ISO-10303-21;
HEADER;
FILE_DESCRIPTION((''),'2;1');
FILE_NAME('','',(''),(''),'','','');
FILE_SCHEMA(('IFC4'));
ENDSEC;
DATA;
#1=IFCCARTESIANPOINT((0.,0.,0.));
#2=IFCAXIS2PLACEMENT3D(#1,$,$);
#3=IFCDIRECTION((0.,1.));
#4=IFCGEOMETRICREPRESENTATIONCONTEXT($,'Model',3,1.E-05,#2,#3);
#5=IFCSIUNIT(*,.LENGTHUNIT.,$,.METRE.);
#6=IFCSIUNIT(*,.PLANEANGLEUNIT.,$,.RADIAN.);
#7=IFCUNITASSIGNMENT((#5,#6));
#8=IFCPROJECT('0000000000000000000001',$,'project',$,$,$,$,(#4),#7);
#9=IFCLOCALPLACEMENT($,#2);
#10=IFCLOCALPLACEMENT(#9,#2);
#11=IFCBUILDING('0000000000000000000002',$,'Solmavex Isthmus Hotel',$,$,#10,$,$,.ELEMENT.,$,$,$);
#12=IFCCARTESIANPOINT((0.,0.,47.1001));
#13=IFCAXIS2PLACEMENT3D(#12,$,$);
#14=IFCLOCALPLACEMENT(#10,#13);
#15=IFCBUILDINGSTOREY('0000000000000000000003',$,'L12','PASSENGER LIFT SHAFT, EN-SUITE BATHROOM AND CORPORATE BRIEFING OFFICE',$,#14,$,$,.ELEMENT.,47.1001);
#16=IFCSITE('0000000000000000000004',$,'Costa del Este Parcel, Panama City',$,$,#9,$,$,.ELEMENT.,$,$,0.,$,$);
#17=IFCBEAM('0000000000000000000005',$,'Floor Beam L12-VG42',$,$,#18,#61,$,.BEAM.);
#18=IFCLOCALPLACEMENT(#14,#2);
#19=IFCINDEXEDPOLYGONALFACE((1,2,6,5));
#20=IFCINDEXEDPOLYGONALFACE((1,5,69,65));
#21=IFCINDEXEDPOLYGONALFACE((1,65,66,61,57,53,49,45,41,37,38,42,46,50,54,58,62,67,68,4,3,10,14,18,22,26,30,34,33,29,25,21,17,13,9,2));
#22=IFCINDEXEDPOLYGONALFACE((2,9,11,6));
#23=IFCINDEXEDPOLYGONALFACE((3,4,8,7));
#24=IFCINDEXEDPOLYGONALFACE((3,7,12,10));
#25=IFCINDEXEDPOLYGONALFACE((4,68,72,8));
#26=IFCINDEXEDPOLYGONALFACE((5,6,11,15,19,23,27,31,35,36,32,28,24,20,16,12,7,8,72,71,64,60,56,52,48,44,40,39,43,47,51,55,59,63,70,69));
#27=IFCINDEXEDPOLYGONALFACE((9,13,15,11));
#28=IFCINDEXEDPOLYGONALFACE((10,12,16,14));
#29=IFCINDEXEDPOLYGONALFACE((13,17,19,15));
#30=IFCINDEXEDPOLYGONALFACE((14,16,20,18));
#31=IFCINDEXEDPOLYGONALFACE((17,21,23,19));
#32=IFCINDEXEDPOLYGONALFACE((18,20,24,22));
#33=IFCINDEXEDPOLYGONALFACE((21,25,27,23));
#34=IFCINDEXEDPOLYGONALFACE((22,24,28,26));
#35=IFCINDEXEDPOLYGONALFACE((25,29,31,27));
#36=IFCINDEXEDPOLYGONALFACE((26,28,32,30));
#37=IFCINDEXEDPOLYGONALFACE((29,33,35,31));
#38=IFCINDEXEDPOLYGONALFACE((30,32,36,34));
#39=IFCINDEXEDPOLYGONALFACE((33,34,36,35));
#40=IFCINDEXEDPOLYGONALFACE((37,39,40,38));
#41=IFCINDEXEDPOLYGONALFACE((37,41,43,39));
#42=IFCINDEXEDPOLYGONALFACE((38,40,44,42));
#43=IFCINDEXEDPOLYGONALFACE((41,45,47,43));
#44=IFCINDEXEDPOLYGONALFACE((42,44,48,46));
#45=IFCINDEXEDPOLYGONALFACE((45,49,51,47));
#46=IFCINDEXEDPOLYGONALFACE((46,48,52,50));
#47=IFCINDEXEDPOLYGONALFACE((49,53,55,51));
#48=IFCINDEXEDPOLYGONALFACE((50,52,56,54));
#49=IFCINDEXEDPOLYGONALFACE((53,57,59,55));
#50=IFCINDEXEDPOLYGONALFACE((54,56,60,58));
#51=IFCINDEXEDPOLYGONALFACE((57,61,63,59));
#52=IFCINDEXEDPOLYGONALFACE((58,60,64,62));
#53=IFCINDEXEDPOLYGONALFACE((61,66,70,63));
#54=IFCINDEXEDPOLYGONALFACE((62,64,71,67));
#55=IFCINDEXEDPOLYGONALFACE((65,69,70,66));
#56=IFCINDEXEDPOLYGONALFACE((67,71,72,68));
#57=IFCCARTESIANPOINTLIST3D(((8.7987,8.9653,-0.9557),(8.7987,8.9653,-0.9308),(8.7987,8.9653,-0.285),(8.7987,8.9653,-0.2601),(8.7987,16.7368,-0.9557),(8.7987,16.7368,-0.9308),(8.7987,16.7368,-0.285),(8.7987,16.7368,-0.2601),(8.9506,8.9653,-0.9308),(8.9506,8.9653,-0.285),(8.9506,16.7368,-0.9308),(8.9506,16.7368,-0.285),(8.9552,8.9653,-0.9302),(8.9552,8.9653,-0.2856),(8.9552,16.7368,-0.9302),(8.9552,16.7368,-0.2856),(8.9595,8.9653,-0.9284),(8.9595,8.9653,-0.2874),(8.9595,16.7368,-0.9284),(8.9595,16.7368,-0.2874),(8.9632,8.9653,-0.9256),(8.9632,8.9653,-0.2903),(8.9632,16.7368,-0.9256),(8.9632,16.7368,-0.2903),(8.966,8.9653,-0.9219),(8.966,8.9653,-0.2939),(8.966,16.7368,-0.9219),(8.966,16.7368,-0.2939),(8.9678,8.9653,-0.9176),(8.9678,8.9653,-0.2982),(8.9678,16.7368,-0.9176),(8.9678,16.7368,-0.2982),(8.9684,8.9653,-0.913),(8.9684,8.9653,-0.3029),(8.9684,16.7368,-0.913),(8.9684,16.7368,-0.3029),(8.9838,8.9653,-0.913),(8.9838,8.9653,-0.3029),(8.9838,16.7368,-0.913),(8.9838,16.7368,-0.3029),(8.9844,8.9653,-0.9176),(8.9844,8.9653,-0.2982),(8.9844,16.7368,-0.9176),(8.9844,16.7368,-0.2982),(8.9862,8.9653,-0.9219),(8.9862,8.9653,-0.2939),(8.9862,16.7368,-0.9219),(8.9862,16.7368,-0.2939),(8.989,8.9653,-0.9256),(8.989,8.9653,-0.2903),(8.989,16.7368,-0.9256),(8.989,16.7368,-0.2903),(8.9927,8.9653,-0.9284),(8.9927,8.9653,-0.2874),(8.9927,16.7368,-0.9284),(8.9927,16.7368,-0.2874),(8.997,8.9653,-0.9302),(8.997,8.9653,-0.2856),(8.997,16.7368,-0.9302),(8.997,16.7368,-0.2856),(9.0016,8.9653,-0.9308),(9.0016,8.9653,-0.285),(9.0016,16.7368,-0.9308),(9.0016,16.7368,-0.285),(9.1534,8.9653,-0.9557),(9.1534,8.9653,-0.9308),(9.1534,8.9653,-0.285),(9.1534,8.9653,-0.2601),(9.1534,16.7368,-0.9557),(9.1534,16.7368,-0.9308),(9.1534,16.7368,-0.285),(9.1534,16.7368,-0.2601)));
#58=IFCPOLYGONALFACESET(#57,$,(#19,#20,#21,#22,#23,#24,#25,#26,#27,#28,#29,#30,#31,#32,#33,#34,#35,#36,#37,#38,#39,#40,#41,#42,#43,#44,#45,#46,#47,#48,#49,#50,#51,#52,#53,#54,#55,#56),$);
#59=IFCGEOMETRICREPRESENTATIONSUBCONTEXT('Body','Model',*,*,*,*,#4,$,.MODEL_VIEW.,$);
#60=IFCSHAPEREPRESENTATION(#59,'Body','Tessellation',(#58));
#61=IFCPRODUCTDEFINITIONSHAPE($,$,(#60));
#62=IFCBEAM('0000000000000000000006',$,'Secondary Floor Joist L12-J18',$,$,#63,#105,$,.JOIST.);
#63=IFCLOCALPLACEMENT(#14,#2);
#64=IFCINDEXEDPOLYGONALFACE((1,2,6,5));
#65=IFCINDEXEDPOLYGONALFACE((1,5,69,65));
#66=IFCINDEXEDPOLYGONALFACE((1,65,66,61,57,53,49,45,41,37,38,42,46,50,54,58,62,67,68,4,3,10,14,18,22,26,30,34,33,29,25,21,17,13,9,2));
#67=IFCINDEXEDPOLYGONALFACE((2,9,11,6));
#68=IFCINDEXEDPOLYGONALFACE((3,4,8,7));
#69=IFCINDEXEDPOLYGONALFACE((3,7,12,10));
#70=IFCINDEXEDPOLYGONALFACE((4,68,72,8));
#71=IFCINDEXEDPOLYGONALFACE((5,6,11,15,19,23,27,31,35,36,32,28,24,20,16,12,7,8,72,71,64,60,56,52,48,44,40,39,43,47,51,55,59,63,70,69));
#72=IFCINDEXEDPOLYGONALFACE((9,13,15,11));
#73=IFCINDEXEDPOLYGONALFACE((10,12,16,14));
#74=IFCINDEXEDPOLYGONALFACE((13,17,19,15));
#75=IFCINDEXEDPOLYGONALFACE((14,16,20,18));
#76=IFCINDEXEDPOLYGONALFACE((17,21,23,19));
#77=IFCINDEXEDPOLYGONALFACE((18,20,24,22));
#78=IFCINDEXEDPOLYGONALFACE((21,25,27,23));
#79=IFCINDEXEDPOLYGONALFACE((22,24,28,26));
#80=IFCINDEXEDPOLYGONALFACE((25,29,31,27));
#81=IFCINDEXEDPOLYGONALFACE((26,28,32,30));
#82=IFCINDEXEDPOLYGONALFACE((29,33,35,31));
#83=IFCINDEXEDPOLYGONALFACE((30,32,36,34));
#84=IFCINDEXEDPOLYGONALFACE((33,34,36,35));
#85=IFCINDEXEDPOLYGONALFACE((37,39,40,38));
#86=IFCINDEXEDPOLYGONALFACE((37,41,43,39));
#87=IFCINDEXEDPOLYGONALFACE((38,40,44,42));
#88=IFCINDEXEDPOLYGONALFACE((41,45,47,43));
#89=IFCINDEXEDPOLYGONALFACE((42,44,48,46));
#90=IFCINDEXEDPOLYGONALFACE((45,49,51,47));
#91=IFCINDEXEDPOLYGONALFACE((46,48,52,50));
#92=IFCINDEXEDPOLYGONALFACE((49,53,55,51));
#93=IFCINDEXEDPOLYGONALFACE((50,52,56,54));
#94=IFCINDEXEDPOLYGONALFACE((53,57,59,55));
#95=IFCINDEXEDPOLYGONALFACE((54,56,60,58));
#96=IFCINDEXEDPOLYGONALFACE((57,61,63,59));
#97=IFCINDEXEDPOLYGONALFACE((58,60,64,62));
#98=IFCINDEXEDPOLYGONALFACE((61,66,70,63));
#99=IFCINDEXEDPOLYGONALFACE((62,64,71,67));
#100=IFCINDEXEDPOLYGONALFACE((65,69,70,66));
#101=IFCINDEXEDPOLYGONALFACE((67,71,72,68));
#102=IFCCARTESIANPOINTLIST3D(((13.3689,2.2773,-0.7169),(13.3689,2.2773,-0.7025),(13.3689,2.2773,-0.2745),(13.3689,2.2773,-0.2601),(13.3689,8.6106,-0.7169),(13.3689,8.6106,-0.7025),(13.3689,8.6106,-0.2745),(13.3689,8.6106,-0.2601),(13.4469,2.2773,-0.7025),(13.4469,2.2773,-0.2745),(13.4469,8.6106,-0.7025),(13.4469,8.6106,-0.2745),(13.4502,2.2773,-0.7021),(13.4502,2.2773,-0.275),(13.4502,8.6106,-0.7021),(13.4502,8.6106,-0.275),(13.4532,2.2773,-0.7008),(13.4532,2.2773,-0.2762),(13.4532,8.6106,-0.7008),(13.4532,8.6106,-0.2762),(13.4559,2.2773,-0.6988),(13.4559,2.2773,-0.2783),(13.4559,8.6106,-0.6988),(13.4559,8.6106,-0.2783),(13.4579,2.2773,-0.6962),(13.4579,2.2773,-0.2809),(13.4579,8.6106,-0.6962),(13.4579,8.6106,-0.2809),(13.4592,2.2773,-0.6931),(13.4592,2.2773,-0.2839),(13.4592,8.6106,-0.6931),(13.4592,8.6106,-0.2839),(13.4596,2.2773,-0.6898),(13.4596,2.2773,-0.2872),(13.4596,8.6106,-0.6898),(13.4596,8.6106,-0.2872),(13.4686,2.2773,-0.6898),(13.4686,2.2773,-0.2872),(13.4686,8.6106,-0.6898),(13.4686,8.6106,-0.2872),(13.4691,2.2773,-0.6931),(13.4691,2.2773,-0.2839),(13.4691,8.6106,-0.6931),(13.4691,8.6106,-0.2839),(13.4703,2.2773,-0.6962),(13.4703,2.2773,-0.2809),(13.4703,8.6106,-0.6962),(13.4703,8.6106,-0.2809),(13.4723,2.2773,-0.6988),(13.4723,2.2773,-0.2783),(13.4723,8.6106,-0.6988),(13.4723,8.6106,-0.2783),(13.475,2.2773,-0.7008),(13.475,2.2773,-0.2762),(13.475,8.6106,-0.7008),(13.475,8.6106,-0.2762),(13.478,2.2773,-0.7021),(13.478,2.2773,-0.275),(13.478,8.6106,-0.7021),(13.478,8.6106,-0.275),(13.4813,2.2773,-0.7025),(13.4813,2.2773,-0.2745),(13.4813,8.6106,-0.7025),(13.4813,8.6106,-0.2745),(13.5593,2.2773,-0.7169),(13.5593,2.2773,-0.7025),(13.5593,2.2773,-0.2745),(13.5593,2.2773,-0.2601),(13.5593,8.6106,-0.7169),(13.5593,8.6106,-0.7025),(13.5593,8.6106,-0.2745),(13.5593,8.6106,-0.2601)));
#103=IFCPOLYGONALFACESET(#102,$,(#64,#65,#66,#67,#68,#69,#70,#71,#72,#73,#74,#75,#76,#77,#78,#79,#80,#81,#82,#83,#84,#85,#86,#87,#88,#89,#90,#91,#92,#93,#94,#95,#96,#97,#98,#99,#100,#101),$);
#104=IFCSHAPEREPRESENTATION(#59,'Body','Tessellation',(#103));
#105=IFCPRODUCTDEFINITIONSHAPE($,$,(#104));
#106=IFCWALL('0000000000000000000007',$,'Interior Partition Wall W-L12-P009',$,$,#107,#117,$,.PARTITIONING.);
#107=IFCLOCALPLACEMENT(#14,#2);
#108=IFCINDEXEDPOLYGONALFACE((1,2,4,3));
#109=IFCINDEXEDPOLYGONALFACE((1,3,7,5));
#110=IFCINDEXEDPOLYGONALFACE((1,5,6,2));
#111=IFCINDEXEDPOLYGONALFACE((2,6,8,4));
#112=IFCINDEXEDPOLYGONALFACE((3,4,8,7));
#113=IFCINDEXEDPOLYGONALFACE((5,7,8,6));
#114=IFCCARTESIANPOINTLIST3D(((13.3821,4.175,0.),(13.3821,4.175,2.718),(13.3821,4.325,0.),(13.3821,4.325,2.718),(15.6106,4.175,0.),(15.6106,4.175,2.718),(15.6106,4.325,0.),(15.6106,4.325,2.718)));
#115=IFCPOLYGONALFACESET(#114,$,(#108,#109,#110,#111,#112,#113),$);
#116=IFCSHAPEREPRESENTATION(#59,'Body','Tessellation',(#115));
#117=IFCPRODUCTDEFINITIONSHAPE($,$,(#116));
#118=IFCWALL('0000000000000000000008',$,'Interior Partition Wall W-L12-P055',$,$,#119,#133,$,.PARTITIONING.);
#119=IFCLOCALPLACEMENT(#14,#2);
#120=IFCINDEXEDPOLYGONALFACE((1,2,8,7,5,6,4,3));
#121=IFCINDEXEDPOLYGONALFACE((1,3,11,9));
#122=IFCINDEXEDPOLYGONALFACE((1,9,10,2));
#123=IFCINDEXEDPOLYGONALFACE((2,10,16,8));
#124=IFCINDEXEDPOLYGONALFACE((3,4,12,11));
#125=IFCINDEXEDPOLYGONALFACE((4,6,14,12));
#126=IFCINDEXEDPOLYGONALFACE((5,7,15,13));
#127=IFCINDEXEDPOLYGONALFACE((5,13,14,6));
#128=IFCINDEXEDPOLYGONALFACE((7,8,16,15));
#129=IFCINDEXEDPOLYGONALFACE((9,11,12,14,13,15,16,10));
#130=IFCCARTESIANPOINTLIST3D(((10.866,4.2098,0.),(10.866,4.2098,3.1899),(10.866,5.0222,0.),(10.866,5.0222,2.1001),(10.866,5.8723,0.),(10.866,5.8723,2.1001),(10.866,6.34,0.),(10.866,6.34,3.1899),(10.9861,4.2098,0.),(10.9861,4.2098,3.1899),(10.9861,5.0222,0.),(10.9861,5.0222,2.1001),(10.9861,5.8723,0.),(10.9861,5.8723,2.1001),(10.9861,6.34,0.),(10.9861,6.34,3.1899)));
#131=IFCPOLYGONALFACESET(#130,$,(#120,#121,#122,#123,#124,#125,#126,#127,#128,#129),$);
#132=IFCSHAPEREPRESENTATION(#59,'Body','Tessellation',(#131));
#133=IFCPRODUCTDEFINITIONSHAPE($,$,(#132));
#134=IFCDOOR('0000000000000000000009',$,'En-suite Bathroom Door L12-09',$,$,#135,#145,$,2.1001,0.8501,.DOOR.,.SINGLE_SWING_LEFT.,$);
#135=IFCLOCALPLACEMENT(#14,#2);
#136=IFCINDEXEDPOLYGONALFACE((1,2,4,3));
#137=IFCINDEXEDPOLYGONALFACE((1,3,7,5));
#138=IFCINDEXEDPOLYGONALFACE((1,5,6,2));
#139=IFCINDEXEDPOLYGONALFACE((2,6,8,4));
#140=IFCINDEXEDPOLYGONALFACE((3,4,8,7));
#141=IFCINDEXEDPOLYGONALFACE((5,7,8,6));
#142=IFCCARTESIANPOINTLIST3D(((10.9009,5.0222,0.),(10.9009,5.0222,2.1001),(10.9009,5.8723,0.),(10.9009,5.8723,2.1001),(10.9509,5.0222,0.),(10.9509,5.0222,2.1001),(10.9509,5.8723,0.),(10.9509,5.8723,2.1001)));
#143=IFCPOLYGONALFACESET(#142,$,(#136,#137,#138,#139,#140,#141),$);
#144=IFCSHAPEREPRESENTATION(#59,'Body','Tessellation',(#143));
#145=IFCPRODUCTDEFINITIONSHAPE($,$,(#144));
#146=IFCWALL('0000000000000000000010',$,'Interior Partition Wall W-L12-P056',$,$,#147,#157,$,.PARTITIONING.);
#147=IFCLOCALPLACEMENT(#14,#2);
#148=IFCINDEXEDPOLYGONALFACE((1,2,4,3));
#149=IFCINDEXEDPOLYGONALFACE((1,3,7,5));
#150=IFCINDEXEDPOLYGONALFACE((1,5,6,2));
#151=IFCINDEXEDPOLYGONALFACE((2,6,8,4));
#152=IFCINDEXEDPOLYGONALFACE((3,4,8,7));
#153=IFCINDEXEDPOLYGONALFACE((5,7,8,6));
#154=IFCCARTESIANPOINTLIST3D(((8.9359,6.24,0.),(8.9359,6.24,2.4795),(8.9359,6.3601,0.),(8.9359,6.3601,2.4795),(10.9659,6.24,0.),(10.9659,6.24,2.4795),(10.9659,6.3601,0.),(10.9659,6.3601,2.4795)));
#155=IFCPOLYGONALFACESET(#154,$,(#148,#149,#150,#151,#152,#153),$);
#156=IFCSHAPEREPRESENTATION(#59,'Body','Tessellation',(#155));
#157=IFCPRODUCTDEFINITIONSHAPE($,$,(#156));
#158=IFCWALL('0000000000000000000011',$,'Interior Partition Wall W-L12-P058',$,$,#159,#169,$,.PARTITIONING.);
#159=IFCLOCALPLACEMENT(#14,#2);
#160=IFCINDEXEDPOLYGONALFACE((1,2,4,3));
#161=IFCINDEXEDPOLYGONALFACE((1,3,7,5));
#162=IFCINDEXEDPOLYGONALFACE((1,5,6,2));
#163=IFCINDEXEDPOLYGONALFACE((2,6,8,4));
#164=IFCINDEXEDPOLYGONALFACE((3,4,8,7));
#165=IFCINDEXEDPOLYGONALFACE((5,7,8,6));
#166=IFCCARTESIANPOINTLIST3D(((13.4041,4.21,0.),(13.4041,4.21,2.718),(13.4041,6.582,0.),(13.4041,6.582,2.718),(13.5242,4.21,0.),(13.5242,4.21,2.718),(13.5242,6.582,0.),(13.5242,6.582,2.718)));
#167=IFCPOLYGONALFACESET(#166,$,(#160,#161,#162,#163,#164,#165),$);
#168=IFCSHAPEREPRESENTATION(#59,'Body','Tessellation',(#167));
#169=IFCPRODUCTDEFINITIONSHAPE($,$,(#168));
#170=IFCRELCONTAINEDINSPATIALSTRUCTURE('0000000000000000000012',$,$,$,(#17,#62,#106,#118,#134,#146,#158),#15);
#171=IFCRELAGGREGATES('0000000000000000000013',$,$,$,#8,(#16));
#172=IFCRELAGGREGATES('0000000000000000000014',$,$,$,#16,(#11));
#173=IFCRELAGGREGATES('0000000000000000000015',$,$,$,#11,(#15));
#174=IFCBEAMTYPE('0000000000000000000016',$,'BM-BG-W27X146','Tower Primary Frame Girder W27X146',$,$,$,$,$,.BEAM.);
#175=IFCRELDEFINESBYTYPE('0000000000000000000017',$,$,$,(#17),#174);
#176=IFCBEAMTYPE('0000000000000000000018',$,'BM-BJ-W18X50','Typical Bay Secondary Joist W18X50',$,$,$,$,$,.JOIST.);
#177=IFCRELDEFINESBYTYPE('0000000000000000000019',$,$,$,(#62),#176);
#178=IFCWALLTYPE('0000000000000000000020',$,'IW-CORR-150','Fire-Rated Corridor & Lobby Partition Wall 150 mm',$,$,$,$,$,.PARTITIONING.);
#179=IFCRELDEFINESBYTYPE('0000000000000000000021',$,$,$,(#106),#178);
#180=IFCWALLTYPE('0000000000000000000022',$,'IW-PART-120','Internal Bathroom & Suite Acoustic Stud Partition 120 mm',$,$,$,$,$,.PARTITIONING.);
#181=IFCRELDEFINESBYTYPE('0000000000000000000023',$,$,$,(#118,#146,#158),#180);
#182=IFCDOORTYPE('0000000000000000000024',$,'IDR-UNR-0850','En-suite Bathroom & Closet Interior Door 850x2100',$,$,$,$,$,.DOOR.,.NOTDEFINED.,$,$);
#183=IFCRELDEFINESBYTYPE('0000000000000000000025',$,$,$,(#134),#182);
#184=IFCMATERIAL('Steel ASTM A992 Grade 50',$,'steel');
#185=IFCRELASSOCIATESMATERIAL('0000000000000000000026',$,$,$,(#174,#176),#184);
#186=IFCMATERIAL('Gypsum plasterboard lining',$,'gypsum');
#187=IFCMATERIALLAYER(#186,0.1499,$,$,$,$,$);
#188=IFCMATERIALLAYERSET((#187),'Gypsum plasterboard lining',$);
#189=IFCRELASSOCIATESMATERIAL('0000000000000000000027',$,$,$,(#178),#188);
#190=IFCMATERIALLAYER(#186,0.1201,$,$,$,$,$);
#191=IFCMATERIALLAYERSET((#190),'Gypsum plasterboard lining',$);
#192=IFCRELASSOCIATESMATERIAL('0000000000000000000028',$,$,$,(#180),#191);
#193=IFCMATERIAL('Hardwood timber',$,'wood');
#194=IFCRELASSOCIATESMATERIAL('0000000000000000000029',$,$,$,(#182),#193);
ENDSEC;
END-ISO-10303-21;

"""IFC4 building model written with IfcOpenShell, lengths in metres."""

from ifc_helpers import new_model, si_unit, direction, frame, frame_2d, origin, origin_2d, place, context, subcontext, project, spatial, rectangle, i_section, extrude, material, layer, layer_set, material_profile, profile_set, type_object, element, fill, save


model = new_model("IFC4")

# Units and contexts
model_context = context("Model", 3, precision=1e-05, world=origin(), true_north=direction((0.0, 1.0)))
body_context = subcontext(model_context, "Body", "Model", "MODEL_VIEW")
ifc_project = project(units=[si_unit("LENGTHUNIT", "METRE"), si_unit("PLANEANGLEUNIT", "RADIAN")], contexts=[model_context])

# Site, building, storey
site_placement = place(None, origin())
site = spatial("IfcSite", under=ifc_project, at=site_placement, Name="Costa del Este Parcel, Panama City", CompositionType="ELEMENT", RefElevation=0.0)
building_placement = place(site_placement, origin())
building = spatial("IfcBuilding", under=site, at=building_placement, Name="Solmavex Isthmus Hotel", CompositionType="ELEMENT")
storey_placement = place(building_placement, frame((0.0, 0.0, 47.1001)))
storey = spatial("IfcBuildingStorey", under=building, at=storey_placement, Name="L12", Description="PASSENGER LIFT SHAFT, EN-SUITE BATHROOM AND CORPORATE BRIEFING OFFICE", CompositionType="ELEMENT", Elevation=47.1001)

# Beams
ifc_material_1 = material(Name="Steel ASTM A992 Grade 50", Category="steel")
ifc_material_profile_1 = material_profile(ifc_material_1, i_section(OverallWidth=0.3547, OverallDepth=0.6956, WebThickness=0.0154, FlangeThickness=0.0249, FilletRadius=0.0178, at=origin_2d()), Name="W27X146")
ifc_profile_set_1 = profile_set([ifc_material_profile_1], Name="Steel ASTM A992 Grade 50")
beam_type_1 = type_object("IfcBeamType", Name="BM-BG-W27X146", Description="Tower Primary Frame Girder W27X146", PredefinedType="BEAM", material=ifc_profile_set_1)
beam_1_placement = place(storey_placement, frame((8.9761, 8.9653, -0.6079), z_axis=(0.0, 1.0, 0.0), x_axis=(-1.0, 0.0, 0.0)))
element("IfcBeam", 1, at=beam_1_placement, inside=storey, type_object=beam_type_1, Name="Floor Beam L12-VG42", PredefinedType="BEAM", context=body_context, shape_type="SweptSolid", body=[
    extrude(i_section(OverallWidth=0.3547, OverallDepth=0.6956, WebThickness=0.0154, FlangeThickness=0.0249, FilletRadius=0.0178, at=origin_2d()), origin(), (0.0, 0.0, 1.0), 7.7715),
])
ifc_material_profile_2 = material_profile(ifc_material_1, i_section(OverallWidth=0.1904, OverallDepth=0.4568, WebThickness=0.009, FlangeThickness=0.0144, FilletRadius=0.0127, at=origin_2d()), Name="W18X50")
ifc_profile_set_2 = profile_set([ifc_material_profile_2], Name="Steel ASTM A992 Grade 50")
beam_type_2 = type_object("IfcBeamType", Name="BM-BJ-W18X50", Description="Typical Bay Secondary Joist W18X50", PredefinedType="JOIST", material=ifc_profile_set_2)
beam_2_placement = place(storey_placement, frame((13.4641, 2.2773, -0.4885), z_axis=(0.0, 1.0, 0.0), x_axis=(-1.0, 0.0, 0.0)))
element("IfcBeam", 2, at=beam_2_placement, inside=storey, type_object=beam_type_2, Name="Secondary Floor Joist L12-J18", PredefinedType="JOIST", context=body_context, shape_type="SweptSolid", body=[
    extrude(i_section(OverallWidth=0.1904, OverallDepth=0.4568, WebThickness=0.009, FlangeThickness=0.0144, FilletRadius=0.0127, at=origin_2d()), origin(), (0.0, 0.0, 1.0), 6.3333),
])

# Shared definitions
ifc_material_2 = material(Name="Gypsum plasterboard lining", Category="gypsum")
ifc_layer_1 = layer(ifc_material_2, 0.1499)
ifc_layer_set_1 = layer_set([ifc_layer_1], Name="Gypsum plasterboard lining")
wall_type_1 = type_object("IfcWallType", Name="IW-CORR-150", Description="Fire-Rated Corridor & Lobby Partition Wall 150 mm", PredefinedType="PARTITIONING", material=ifc_layer_set_1)
ifc_material_3 = material(Name="Hardwood timber", Category="wood")

# Wall
wall_1_placement = place(storey_placement, frame((13.3821, 4.25, 0.0), z_axis=(0.0, 0.0, 1.0), x_axis=(1.0, 0.0, 0.0)))
element("IfcWall", 3, at=wall_1_placement, inside=storey, type_object=wall_type_1, Name="Interior Partition Wall W-L12-P009", PredefinedType="PARTITIONING", context=body_context, shape_type="SweptSolid", body=[
    extrude(rectangle(XDim=2.2285, YDim=0.1499, at=frame_2d((1.1143, 0.0))), origin(), (0.0, 0.0, 1.0), 2.718),
])

# Wall, opening, door
ifc_layer_2 = layer(ifc_material_2, 0.1201)
ifc_layer_set_2 = layer_set([ifc_layer_2], Name="Gypsum plasterboard lining")
wall_type_2 = type_object("IfcWallType", Name="IW-PART-120", Description="Internal Bathroom & Suite Acoustic Stud Partition 120 mm", PredefinedType="PARTITIONING", material=ifc_layer_set_2)
wall_2_placement = place(storey_placement, frame((10.926, 4.21, 0.0), z_axis=(0.0, 0.0, 1.0), x_axis=(0.0, 1.0, 0.0)))
wall_2 = element("IfcWall", 4, at=wall_2_placement, inside=storey, type_object=wall_type_2, Name="Interior Partition Wall W-L12-P055", PredefinedType="PARTITIONING", context=body_context, shape_type="SweptSolid", body=[
    extrude(rectangle(XDim=2.1301, YDim=0.1201, at=frame_2d((1.0649, 0.0))), origin(), (0.0, 0.0, 1.0), 3.1899),
])
opening_1_placement = place(wall_2_placement, frame((0.8123, 0.0, 0.0)))
opening_1 = element("IfcOpeningElement", 5, at=opening_1_placement, cuts=wall_2, PredefinedType="OPENING", context=body_context, shape_type="SweptSolid", body=[
    extrude(rectangle(XDim=0.8501, YDim=2.1001, at=frame_2d((0.425, 1.05))), frame((0.0, 0.0701, 0.0), z_axis=(0.0, -1.0, 0.0), x_axis=(1.0, 0.0, 0.0)), (0.0, 0.0, 1.0), 0.1401),
])
door_type_1 = type_object("IfcDoorType", Name="IDR-UNR-0850", Description="En-suite Bathroom & Closet Interior Door 850x2100", OperationType="NOTDEFINED", PredefinedType="DOOR", material=ifc_material_3)
door_1_placement = place(opening_1_placement, frame((0.8501, 0.0, 0.0), z_axis=(0.0, 0.0, 1.0), x_axis=(-1.0, 0.0, 0.0)))
door_1 = element("IfcDoor", 6, at=door_1_placement, inside=storey, type_object=door_type_1, Name="En-suite Bathroom Door L12-09", OperationType="SINGLE_SWING_LEFT", OverallHeight=2.1001, OverallWidth=0.8501, PredefinedType="DOOR", context=body_context, shape_type="SweptSolid", body=[
    extrude(rectangle(XDim=0.8501, YDim=2.1001, at=frame_2d((0.425, 1.05))), frame((0.0, 0.0249, 0.0), z_axis=(0.0, -1.0, 0.0), x_axis=(1.0, 0.0, 0.0)), (0.0, 0.0, 1.0), 0.05),
])
fill(opening_1, door_1)

# Walls
wall_3_placement = place(storey_placement, frame((10.9661, 6.3, 0.0), z_axis=(0.0, 0.0, 1.0), x_axis=(-1.0, 0.0, 0.0)))
element("IfcWall", 7, at=wall_3_placement, inside=storey, type_object=wall_type_2, Name="Interior Partition Wall W-L12-P056", PredefinedType="PARTITIONING", context=body_context, shape_type="SweptSolid", body=[
    extrude(rectangle(XDim=2.03, YDim=0.1201, at=frame_2d((1.0151, 0.0))), origin(), (0.0, 0.0, 1.0), 2.4795),
])
wall_4_placement = place(storey_placement, frame((13.4641, 6.582, 0.0), z_axis=(0.0, 0.0, 1.0), x_axis=(0.0, -1.0, 0.0)))
element("IfcWall", 8, at=wall_4_placement, inside=storey, type_object=wall_type_2, Name="Interior Partition Wall W-L12-P058", PredefinedType="PARTITIONING", context=body_context, shape_type="SweptSolid", body=[
    extrude(rectangle(XDim=2.3721, YDim=0.1201, at=frame_2d((1.186, 0.0))), origin(), (0.0, 0.0, 1.0), 2.718),
])

save(model, "model.ifc")
